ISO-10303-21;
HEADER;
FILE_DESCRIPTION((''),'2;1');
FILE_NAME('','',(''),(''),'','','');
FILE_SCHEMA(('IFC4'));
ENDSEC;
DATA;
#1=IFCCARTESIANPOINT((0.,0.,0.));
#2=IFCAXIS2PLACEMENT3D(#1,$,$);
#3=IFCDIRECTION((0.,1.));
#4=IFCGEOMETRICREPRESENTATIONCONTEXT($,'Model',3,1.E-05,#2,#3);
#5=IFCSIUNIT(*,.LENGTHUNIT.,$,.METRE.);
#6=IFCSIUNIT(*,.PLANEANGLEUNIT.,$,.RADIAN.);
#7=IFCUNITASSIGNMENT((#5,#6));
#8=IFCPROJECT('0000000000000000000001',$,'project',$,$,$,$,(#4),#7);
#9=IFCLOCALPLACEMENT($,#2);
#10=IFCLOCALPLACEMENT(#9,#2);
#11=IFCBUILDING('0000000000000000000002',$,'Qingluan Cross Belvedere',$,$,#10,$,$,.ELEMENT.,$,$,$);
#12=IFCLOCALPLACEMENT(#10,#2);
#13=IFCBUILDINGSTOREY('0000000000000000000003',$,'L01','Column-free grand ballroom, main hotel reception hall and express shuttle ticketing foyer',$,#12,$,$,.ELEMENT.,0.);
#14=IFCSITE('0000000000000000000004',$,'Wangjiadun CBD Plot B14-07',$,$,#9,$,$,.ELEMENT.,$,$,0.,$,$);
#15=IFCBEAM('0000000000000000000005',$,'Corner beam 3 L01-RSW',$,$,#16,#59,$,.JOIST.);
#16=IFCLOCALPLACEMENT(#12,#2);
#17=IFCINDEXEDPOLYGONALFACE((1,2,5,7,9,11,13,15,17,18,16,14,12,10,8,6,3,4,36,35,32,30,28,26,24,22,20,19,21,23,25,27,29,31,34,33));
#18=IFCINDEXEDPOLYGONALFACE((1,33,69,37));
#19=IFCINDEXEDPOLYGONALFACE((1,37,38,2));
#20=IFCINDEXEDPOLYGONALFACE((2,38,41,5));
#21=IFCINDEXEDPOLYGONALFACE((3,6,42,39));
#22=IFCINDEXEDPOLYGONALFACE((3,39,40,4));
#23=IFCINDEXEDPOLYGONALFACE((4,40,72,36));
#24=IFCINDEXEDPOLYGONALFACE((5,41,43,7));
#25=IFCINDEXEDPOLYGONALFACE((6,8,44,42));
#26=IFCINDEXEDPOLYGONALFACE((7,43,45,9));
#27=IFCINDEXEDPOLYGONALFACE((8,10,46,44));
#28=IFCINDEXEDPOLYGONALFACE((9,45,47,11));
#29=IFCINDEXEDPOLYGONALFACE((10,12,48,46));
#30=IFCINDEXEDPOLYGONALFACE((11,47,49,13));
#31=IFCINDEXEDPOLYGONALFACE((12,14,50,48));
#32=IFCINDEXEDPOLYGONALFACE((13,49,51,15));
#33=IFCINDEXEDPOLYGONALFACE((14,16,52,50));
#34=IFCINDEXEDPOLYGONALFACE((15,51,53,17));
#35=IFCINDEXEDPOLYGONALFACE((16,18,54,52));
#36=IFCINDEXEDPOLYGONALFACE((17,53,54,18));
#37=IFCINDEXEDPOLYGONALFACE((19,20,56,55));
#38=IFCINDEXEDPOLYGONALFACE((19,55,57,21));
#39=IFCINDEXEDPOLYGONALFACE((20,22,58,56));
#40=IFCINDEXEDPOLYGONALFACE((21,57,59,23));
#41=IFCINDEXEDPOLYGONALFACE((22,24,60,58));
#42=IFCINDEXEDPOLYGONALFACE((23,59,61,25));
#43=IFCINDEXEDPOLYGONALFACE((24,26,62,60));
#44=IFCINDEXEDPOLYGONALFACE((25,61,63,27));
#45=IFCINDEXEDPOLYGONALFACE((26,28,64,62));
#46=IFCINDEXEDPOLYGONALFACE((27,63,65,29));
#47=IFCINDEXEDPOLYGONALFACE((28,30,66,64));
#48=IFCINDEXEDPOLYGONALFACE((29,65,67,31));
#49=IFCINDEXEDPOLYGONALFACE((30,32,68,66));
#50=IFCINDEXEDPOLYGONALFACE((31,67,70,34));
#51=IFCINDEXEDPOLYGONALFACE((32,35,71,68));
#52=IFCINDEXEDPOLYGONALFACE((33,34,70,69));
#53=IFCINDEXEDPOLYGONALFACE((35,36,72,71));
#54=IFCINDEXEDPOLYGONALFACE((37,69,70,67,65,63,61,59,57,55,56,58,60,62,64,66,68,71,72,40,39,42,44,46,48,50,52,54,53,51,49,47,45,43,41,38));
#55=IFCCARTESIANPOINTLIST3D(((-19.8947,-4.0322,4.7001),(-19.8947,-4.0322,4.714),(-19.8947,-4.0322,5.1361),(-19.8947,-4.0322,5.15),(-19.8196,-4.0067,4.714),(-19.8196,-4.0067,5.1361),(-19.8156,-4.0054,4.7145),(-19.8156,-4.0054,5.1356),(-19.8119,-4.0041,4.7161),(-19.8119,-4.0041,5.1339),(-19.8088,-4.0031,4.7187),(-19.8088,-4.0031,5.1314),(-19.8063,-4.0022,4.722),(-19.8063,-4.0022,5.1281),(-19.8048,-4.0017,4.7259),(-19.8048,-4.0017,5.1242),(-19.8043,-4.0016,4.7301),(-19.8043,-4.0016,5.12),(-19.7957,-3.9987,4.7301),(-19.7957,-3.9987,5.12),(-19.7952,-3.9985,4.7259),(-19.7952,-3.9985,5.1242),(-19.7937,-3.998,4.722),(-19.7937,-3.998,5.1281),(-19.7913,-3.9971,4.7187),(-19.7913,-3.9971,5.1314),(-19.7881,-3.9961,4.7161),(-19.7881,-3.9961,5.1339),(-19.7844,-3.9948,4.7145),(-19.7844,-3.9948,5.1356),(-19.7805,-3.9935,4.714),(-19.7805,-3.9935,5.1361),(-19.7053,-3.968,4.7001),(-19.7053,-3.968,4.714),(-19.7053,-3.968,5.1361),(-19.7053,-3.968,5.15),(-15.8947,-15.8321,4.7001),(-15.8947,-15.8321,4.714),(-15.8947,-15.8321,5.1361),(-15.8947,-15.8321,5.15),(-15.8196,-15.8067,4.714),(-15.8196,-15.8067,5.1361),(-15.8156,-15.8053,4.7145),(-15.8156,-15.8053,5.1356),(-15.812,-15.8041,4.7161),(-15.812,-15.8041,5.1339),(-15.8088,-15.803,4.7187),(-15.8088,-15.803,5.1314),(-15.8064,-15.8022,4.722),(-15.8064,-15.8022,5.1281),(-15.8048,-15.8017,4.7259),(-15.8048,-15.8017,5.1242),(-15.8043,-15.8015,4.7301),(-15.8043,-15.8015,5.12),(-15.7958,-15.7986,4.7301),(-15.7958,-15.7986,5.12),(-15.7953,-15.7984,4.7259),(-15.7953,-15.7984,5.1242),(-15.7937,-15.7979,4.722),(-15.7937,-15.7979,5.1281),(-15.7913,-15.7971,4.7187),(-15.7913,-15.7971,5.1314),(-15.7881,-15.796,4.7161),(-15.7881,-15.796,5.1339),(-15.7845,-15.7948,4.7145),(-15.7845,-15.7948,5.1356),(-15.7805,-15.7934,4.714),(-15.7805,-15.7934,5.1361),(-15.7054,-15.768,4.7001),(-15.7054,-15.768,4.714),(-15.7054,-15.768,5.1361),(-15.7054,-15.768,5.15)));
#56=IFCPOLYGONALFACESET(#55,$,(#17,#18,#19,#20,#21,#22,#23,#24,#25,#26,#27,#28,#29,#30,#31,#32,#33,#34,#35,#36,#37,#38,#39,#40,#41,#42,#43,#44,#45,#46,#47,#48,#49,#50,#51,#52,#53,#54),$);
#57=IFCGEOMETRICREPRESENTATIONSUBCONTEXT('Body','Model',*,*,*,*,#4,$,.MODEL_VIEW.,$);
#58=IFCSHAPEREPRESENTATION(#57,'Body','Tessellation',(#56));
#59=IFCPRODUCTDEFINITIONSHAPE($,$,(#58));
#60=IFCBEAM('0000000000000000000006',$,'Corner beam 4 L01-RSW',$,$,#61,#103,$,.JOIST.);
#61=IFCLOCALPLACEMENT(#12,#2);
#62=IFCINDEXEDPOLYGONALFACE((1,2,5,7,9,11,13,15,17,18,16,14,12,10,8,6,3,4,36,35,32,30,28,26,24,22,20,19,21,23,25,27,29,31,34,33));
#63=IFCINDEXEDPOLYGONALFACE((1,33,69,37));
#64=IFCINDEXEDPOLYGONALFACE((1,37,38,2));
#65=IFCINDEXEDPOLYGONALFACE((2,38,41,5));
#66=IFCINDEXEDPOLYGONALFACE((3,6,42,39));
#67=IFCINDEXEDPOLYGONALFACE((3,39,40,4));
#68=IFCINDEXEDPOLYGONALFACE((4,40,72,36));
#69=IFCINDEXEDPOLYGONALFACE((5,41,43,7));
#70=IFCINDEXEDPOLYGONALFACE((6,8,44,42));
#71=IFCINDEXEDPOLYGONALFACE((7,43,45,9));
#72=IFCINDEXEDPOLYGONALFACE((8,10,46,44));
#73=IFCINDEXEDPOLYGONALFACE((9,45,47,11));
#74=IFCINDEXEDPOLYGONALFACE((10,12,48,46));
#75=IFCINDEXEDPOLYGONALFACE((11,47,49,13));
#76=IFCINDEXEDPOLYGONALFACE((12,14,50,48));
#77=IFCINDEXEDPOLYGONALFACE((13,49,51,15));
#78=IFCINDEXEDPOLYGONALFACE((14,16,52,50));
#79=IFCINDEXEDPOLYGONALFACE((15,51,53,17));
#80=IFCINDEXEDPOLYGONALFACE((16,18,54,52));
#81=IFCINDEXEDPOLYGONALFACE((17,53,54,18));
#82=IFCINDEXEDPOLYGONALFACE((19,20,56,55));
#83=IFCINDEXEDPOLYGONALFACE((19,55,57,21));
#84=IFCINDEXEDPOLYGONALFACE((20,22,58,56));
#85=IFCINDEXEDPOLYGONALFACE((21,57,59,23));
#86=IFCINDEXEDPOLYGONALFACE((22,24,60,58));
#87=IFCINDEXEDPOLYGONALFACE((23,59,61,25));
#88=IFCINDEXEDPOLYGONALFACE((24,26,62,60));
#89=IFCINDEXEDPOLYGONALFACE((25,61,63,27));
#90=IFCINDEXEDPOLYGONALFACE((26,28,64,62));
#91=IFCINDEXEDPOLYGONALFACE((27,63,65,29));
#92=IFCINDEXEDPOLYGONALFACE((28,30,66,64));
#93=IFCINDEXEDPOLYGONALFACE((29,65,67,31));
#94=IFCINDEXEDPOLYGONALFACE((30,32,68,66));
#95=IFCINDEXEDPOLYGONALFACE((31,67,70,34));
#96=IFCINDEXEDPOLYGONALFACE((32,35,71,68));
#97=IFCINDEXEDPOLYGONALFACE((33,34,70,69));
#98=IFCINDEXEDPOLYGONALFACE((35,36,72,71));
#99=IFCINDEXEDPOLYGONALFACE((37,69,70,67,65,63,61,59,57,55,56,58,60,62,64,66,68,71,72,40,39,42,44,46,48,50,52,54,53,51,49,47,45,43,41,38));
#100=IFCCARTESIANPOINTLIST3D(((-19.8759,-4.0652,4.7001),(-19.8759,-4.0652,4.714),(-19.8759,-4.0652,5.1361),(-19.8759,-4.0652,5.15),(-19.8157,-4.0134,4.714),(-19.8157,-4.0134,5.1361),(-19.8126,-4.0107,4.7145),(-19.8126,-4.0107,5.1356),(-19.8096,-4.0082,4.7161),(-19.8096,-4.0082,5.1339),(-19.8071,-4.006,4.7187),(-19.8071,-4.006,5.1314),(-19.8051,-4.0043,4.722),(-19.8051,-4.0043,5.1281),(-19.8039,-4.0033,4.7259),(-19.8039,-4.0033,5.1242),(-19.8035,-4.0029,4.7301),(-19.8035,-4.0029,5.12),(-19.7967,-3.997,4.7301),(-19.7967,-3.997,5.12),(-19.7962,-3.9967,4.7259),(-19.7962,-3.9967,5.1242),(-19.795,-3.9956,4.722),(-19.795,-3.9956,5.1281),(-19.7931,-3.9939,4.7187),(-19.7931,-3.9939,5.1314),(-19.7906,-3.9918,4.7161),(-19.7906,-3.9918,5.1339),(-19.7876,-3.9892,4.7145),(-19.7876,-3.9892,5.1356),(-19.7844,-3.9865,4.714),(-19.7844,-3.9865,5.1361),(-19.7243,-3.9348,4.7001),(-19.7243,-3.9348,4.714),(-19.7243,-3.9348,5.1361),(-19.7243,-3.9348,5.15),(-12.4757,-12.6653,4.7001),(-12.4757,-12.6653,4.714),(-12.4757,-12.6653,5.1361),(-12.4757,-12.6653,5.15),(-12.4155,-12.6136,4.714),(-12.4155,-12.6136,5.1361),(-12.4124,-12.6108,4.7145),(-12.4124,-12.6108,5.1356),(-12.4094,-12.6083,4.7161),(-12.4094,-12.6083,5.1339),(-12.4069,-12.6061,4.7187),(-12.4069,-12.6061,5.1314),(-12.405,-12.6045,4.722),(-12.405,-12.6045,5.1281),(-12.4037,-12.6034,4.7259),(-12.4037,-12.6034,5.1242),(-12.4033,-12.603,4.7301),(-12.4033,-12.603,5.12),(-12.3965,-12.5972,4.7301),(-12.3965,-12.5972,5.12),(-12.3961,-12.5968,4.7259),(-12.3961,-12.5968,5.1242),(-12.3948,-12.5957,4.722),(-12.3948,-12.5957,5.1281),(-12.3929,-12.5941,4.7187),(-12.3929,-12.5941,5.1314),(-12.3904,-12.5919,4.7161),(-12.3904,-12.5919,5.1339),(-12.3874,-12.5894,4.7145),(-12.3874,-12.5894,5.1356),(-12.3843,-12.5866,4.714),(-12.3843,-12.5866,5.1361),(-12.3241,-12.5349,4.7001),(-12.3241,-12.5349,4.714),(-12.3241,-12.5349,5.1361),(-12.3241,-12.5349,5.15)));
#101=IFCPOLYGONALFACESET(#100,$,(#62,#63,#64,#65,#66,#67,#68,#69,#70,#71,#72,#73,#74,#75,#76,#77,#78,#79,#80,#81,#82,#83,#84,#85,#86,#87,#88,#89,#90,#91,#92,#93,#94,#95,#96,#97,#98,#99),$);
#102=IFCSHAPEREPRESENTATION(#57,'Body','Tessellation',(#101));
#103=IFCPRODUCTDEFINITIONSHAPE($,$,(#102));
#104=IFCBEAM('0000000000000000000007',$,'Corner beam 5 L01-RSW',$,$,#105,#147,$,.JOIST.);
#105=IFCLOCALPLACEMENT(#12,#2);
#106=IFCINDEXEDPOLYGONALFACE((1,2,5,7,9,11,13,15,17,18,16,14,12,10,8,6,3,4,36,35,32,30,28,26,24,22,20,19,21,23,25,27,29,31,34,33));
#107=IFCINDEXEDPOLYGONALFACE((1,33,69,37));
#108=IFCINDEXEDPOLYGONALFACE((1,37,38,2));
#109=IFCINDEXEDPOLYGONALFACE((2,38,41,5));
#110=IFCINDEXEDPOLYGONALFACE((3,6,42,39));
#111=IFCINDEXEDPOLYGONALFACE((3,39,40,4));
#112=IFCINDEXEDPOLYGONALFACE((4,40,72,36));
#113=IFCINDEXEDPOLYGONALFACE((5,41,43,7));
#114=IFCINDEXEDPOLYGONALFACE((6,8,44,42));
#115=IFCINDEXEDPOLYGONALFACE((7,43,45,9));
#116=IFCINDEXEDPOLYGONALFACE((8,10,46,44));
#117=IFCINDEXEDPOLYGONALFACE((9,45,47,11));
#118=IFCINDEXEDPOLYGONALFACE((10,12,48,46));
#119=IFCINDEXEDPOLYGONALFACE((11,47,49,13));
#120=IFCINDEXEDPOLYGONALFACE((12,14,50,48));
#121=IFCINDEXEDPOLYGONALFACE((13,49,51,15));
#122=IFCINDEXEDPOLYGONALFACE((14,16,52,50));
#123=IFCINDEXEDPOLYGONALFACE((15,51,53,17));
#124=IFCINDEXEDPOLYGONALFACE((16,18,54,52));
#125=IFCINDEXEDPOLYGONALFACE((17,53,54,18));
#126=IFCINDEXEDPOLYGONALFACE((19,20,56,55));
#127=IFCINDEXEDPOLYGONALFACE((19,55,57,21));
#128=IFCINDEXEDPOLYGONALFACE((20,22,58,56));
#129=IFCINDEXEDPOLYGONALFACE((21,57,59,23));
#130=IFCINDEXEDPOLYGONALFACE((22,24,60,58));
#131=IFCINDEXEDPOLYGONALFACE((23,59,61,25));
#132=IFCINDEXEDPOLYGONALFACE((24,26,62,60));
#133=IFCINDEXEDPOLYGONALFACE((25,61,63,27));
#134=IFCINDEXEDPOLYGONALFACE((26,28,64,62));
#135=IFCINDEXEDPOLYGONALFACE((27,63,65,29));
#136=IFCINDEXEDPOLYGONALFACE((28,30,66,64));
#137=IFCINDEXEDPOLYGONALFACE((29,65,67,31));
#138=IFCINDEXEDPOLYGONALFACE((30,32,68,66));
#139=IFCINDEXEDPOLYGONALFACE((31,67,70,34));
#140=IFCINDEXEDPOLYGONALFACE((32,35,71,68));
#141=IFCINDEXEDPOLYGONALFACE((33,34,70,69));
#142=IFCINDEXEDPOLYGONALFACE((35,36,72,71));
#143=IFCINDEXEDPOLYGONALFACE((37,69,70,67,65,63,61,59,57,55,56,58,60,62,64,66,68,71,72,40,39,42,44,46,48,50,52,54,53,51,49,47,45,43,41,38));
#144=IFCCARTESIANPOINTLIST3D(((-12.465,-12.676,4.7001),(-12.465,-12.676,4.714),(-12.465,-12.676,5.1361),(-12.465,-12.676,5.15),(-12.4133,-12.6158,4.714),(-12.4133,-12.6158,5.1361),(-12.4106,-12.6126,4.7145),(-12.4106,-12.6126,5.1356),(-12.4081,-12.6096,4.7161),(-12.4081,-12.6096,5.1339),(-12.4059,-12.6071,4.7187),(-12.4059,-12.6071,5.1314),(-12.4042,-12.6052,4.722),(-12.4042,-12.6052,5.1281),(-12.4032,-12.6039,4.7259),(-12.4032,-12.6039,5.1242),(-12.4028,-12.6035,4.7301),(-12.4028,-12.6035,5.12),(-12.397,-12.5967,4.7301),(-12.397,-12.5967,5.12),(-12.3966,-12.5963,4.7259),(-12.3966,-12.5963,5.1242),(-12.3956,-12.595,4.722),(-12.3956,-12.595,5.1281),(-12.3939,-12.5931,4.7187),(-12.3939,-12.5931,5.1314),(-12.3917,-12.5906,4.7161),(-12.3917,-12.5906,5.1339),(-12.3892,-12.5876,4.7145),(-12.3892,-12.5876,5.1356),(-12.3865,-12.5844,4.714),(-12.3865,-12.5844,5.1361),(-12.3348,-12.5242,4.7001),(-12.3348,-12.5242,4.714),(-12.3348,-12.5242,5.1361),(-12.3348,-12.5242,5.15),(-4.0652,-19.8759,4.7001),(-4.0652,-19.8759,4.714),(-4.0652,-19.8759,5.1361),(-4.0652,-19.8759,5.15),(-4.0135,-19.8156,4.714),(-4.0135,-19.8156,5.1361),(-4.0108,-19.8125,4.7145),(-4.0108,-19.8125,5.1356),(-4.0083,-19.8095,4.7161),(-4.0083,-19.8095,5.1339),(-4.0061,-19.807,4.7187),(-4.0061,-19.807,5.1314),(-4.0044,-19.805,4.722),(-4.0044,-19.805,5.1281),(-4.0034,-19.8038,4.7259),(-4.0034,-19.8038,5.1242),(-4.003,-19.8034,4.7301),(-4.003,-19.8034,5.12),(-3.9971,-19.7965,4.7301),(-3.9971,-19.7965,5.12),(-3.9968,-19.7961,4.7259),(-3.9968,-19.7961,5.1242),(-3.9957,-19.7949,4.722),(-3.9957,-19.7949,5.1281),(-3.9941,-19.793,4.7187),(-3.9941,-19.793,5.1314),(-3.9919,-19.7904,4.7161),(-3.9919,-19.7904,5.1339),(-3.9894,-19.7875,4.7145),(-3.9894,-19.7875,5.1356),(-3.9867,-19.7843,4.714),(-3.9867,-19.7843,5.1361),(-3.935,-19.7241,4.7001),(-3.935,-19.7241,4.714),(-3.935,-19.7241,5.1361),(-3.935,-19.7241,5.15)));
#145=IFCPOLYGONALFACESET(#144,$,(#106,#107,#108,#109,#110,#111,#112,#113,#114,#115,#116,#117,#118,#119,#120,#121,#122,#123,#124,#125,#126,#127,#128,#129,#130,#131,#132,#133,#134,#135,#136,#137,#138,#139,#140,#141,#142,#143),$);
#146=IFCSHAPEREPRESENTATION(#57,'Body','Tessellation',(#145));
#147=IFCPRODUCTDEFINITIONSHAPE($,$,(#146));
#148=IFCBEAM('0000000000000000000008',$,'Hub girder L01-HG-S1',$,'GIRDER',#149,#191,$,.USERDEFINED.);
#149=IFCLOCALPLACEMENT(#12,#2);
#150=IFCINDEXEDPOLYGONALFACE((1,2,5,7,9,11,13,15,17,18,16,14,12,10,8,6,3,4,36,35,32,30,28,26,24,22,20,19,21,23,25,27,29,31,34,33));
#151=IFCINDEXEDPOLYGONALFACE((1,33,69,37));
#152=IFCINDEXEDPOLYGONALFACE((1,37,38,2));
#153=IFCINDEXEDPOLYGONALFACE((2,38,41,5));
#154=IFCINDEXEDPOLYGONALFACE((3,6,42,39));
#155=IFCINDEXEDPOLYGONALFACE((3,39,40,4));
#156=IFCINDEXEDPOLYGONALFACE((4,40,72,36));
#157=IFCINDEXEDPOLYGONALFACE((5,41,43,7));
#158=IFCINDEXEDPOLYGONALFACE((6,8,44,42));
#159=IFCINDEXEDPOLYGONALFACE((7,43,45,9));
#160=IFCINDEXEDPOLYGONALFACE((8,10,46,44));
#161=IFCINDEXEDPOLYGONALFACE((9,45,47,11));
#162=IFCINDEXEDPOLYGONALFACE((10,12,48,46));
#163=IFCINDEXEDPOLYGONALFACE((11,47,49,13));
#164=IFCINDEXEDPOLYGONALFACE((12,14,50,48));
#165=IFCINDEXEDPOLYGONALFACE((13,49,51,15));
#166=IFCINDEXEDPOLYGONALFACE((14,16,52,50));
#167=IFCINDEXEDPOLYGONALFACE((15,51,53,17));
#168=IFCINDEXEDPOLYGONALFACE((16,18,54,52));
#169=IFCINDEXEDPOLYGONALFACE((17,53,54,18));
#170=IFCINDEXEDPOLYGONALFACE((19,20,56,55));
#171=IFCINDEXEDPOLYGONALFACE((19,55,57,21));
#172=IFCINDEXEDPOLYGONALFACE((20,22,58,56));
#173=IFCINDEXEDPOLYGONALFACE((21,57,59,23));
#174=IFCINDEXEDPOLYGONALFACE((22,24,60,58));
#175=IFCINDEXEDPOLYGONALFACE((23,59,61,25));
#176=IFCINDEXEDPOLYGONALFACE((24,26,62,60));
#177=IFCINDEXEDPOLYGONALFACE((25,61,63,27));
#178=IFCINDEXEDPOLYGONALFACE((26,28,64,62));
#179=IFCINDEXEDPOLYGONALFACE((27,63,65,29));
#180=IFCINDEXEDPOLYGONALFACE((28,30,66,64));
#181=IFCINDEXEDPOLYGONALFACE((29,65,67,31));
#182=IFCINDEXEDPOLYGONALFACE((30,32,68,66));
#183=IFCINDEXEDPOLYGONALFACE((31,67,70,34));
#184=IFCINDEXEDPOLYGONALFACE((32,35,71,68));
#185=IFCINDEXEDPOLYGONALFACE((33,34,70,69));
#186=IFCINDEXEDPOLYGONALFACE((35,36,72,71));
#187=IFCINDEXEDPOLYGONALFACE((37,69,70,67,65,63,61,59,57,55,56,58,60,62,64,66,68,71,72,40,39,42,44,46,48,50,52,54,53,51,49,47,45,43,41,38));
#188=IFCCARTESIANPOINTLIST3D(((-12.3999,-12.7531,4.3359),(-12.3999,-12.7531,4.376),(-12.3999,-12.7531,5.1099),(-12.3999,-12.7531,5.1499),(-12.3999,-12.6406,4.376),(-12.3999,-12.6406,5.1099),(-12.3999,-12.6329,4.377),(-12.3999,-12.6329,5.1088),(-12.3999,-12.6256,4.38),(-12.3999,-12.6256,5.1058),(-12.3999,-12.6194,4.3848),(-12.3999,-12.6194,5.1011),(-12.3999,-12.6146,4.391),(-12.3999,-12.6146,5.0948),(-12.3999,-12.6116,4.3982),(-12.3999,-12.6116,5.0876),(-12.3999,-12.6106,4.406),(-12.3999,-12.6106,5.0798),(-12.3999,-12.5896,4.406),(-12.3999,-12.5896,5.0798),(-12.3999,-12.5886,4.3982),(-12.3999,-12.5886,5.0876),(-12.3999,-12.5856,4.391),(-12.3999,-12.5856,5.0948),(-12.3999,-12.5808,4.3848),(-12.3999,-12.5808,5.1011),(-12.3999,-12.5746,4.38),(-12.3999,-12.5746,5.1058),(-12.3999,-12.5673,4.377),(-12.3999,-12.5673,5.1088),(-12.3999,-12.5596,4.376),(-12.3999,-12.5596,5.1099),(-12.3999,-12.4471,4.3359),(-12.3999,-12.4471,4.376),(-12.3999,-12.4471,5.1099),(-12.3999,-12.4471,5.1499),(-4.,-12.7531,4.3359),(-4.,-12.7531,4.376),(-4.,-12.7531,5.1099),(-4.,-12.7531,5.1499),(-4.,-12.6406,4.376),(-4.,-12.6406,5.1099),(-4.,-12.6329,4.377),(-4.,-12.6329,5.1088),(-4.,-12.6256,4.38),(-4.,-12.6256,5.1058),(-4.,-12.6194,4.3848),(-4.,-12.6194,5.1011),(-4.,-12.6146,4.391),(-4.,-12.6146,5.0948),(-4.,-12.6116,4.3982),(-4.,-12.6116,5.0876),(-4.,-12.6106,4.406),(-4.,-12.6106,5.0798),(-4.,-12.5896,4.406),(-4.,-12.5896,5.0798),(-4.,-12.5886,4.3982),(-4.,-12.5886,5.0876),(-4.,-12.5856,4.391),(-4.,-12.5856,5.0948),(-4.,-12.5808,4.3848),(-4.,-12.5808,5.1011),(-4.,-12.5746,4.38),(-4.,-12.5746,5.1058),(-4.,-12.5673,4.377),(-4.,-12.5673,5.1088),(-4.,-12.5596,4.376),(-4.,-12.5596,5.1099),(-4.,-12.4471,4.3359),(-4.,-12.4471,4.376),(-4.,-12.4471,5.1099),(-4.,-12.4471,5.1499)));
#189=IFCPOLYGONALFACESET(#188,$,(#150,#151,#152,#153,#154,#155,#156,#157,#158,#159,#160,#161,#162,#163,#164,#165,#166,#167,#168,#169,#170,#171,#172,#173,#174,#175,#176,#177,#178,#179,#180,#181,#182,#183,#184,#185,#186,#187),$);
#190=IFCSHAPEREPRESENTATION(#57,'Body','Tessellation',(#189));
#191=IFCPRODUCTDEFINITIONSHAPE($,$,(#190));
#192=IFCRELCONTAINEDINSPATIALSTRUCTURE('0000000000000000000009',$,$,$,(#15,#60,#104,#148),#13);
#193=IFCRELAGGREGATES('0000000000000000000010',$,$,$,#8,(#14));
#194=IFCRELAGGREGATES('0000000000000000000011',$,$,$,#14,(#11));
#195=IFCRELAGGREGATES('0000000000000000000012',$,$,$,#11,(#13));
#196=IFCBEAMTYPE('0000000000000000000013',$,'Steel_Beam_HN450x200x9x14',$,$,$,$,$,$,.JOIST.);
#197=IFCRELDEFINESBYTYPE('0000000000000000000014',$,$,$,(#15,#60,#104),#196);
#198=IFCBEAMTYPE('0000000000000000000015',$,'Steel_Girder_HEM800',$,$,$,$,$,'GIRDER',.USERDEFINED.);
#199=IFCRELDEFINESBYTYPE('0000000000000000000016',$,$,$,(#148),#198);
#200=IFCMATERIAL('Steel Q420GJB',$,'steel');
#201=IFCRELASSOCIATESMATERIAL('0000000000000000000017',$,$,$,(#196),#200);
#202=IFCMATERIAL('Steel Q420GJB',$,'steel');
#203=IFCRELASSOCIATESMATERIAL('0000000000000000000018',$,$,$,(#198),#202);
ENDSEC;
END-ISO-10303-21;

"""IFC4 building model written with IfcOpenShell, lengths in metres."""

from ifc_helpers import new_model, si_unit, direction, frame, origin, origin_2d, place, context, subcontext, project, spatial, i_section, extrude, material, material_profile, profile_set, type_object, element, save


model = new_model("IFC4")

# Units and contexts
model_context = context("Model", 3, precision=1e-05, world=origin(), true_north=direction((0.0, 1.0)))
body_context = subcontext(model_context, "Body", "Model", "MODEL_VIEW")
ifc_project = project(units=[si_unit("LENGTHUNIT", "METRE"), si_unit("PLANEANGLEUNIT", "RADIAN")], contexts=[model_context])

# Site, building, storey
site_placement = place(None, origin())
site = spatial("IfcSite", under=ifc_project, at=site_placement, Name="Wangjiadun CBD Plot B14-07", CompositionType="ELEMENT", RefElevation=0.0)
building_placement = place(site_placement, origin())
building = spatial("IfcBuilding", under=site, at=building_placement, Name="Qingluan Cross Belvedere", CompositionType="ELEMENT")
storey_placement = place(building_placement, origin())
storey = spatial("IfcBuildingStorey", under=building, at=storey_placement, Name="L01", Description="Column-free grand ballroom, main hotel reception hall and express shuttle ticketing foyer", CompositionType="ELEMENT", Elevation=0.0)

# Beams
ifc_material_1 = material(Name="Steel Q420GJB", Category="steel")
ifc_material_profile_1 = material_profile(ifc_material_1, i_section(OverallWidth=0.2, OverallDepth=0.45, WebThickness=0.009, FlangeThickness=0.0139, FilletRadius=0.0161, at=origin_2d()), Name="HN450x200x9x14")
ifc_profile_set_1 = profile_set([ifc_material_profile_1], Name="Steel Q420GJB")
beam_type_1 = type_object("IfcBeamType", Name="Steel_Beam_HN450x200x9x14", PredefinedType="JOIST", material=ifc_profile_set_1)
for number, where, z_axis, x_axis, name in (
    (1, (-15.8, -15.8, 4.925), (-0.321038, 0.947066, 0.0), (-0.947066, -0.321038, 0.0), "Corner beam 3 L01-RSW"),
):
    element("IfcBeam", number, at=place(storey_placement, frame(where, z_axis=z_axis, x_axis=x_axis)), inside=storey, type_object=beam_type_1, Name=name, PredefinedType="JOIST", context=body_context, shape_type="SweptSolid", body=[
        extrude(i_section(OverallWidth=0.2, OverallDepth=0.45, WebThickness=0.009, FlangeThickness=0.0139, FilletRadius=0.0161, at=origin_2d()), origin(), (0.0, 0.0, 1.0), 12.4595),
    ])
beam_1_placement = place(storey_placement, frame((-12.3999, -12.6001, 4.925), z_axis=(-0.652245, 0.758008, 0.0), x_axis=(-0.758008, -0.652245, 0.0)))
element("IfcBeam", 2, at=beam_1_placement, inside=storey, type_object=beam_type_1, Name="Corner beam 4 L01-RSW", PredefinedType="JOIST", context=body_context, shape_type="SweptSolid", body=[
    extrude(i_section(OverallWidth=0.2, OverallDepth=0.45, WebThickness=0.009, FlangeThickness=0.0139, FilletRadius=0.0161, at=origin_2d()), origin(), (0.0, 0.0, 1.0), 11.3457),
])
beam_2_placement = place(storey_placement, frame((-12.3999, -12.6001, 4.925), z_axis=(0.759255, -0.650793, 0.0), x_axis=(0.650793, 0.759255, 0.0)))
element("IfcBeam", 3, at=beam_2_placement, inside=storey, type_object=beam_type_1, Name="Corner beam 5 L01-RSW", PredefinedType="JOIST", context=body_context, shape_type="SweptSolid", body=[
    extrude(i_section(OverallWidth=0.2, OverallDepth=0.45, WebThickness=0.009, FlangeThickness=0.0139, FilletRadius=0.0161, at=origin_2d()), origin(), (0.0, 0.0, 1.0), 11.0632),
])
ifc_material_2 = material(Name="Steel Q420GJB", Category="steel")
ifc_material_profile_2 = material_profile(ifc_material_2, i_section(OverallWidth=0.3059, OverallDepth=0.814, WebThickness=0.021, FlangeThickness=0.04, FilletRadius=0.03, at=origin_2d()), Name="HEM800")
ifc_profile_set_2 = profile_set([ifc_material_profile_2], Name="Steel Q420GJB")
beam_type_2 = type_object("IfcBeamType", Name="Steel_Girder_HEM800", ElementType="GIRDER", PredefinedType="USERDEFINED", material=ifc_profile_set_2)
beam_3_placement = place(storey_placement, frame((-12.3999, -12.6001, 4.7429), z_axis=(1.0, 0.0, 0.0), x_axis=(0.0, 1.0, 0.0)))
element("IfcBeam", 4, at=beam_3_placement, inside=storey, type_object=beam_type_2, Name="Hub girder L01-HG-S1", ObjectType="GIRDER", PredefinedType="USERDEFINED", context=body_context, shape_type="SweptSolid", body=[
    extrude(i_section(OverallWidth=0.3059, OverallDepth=0.814, WebThickness=0.021, FlangeThickness=0.04, FilletRadius=0.03, at=origin_2d()), origin(), (0.0, 0.0, 1.0), 8.3999),
])

save(model, "model.ifc")
